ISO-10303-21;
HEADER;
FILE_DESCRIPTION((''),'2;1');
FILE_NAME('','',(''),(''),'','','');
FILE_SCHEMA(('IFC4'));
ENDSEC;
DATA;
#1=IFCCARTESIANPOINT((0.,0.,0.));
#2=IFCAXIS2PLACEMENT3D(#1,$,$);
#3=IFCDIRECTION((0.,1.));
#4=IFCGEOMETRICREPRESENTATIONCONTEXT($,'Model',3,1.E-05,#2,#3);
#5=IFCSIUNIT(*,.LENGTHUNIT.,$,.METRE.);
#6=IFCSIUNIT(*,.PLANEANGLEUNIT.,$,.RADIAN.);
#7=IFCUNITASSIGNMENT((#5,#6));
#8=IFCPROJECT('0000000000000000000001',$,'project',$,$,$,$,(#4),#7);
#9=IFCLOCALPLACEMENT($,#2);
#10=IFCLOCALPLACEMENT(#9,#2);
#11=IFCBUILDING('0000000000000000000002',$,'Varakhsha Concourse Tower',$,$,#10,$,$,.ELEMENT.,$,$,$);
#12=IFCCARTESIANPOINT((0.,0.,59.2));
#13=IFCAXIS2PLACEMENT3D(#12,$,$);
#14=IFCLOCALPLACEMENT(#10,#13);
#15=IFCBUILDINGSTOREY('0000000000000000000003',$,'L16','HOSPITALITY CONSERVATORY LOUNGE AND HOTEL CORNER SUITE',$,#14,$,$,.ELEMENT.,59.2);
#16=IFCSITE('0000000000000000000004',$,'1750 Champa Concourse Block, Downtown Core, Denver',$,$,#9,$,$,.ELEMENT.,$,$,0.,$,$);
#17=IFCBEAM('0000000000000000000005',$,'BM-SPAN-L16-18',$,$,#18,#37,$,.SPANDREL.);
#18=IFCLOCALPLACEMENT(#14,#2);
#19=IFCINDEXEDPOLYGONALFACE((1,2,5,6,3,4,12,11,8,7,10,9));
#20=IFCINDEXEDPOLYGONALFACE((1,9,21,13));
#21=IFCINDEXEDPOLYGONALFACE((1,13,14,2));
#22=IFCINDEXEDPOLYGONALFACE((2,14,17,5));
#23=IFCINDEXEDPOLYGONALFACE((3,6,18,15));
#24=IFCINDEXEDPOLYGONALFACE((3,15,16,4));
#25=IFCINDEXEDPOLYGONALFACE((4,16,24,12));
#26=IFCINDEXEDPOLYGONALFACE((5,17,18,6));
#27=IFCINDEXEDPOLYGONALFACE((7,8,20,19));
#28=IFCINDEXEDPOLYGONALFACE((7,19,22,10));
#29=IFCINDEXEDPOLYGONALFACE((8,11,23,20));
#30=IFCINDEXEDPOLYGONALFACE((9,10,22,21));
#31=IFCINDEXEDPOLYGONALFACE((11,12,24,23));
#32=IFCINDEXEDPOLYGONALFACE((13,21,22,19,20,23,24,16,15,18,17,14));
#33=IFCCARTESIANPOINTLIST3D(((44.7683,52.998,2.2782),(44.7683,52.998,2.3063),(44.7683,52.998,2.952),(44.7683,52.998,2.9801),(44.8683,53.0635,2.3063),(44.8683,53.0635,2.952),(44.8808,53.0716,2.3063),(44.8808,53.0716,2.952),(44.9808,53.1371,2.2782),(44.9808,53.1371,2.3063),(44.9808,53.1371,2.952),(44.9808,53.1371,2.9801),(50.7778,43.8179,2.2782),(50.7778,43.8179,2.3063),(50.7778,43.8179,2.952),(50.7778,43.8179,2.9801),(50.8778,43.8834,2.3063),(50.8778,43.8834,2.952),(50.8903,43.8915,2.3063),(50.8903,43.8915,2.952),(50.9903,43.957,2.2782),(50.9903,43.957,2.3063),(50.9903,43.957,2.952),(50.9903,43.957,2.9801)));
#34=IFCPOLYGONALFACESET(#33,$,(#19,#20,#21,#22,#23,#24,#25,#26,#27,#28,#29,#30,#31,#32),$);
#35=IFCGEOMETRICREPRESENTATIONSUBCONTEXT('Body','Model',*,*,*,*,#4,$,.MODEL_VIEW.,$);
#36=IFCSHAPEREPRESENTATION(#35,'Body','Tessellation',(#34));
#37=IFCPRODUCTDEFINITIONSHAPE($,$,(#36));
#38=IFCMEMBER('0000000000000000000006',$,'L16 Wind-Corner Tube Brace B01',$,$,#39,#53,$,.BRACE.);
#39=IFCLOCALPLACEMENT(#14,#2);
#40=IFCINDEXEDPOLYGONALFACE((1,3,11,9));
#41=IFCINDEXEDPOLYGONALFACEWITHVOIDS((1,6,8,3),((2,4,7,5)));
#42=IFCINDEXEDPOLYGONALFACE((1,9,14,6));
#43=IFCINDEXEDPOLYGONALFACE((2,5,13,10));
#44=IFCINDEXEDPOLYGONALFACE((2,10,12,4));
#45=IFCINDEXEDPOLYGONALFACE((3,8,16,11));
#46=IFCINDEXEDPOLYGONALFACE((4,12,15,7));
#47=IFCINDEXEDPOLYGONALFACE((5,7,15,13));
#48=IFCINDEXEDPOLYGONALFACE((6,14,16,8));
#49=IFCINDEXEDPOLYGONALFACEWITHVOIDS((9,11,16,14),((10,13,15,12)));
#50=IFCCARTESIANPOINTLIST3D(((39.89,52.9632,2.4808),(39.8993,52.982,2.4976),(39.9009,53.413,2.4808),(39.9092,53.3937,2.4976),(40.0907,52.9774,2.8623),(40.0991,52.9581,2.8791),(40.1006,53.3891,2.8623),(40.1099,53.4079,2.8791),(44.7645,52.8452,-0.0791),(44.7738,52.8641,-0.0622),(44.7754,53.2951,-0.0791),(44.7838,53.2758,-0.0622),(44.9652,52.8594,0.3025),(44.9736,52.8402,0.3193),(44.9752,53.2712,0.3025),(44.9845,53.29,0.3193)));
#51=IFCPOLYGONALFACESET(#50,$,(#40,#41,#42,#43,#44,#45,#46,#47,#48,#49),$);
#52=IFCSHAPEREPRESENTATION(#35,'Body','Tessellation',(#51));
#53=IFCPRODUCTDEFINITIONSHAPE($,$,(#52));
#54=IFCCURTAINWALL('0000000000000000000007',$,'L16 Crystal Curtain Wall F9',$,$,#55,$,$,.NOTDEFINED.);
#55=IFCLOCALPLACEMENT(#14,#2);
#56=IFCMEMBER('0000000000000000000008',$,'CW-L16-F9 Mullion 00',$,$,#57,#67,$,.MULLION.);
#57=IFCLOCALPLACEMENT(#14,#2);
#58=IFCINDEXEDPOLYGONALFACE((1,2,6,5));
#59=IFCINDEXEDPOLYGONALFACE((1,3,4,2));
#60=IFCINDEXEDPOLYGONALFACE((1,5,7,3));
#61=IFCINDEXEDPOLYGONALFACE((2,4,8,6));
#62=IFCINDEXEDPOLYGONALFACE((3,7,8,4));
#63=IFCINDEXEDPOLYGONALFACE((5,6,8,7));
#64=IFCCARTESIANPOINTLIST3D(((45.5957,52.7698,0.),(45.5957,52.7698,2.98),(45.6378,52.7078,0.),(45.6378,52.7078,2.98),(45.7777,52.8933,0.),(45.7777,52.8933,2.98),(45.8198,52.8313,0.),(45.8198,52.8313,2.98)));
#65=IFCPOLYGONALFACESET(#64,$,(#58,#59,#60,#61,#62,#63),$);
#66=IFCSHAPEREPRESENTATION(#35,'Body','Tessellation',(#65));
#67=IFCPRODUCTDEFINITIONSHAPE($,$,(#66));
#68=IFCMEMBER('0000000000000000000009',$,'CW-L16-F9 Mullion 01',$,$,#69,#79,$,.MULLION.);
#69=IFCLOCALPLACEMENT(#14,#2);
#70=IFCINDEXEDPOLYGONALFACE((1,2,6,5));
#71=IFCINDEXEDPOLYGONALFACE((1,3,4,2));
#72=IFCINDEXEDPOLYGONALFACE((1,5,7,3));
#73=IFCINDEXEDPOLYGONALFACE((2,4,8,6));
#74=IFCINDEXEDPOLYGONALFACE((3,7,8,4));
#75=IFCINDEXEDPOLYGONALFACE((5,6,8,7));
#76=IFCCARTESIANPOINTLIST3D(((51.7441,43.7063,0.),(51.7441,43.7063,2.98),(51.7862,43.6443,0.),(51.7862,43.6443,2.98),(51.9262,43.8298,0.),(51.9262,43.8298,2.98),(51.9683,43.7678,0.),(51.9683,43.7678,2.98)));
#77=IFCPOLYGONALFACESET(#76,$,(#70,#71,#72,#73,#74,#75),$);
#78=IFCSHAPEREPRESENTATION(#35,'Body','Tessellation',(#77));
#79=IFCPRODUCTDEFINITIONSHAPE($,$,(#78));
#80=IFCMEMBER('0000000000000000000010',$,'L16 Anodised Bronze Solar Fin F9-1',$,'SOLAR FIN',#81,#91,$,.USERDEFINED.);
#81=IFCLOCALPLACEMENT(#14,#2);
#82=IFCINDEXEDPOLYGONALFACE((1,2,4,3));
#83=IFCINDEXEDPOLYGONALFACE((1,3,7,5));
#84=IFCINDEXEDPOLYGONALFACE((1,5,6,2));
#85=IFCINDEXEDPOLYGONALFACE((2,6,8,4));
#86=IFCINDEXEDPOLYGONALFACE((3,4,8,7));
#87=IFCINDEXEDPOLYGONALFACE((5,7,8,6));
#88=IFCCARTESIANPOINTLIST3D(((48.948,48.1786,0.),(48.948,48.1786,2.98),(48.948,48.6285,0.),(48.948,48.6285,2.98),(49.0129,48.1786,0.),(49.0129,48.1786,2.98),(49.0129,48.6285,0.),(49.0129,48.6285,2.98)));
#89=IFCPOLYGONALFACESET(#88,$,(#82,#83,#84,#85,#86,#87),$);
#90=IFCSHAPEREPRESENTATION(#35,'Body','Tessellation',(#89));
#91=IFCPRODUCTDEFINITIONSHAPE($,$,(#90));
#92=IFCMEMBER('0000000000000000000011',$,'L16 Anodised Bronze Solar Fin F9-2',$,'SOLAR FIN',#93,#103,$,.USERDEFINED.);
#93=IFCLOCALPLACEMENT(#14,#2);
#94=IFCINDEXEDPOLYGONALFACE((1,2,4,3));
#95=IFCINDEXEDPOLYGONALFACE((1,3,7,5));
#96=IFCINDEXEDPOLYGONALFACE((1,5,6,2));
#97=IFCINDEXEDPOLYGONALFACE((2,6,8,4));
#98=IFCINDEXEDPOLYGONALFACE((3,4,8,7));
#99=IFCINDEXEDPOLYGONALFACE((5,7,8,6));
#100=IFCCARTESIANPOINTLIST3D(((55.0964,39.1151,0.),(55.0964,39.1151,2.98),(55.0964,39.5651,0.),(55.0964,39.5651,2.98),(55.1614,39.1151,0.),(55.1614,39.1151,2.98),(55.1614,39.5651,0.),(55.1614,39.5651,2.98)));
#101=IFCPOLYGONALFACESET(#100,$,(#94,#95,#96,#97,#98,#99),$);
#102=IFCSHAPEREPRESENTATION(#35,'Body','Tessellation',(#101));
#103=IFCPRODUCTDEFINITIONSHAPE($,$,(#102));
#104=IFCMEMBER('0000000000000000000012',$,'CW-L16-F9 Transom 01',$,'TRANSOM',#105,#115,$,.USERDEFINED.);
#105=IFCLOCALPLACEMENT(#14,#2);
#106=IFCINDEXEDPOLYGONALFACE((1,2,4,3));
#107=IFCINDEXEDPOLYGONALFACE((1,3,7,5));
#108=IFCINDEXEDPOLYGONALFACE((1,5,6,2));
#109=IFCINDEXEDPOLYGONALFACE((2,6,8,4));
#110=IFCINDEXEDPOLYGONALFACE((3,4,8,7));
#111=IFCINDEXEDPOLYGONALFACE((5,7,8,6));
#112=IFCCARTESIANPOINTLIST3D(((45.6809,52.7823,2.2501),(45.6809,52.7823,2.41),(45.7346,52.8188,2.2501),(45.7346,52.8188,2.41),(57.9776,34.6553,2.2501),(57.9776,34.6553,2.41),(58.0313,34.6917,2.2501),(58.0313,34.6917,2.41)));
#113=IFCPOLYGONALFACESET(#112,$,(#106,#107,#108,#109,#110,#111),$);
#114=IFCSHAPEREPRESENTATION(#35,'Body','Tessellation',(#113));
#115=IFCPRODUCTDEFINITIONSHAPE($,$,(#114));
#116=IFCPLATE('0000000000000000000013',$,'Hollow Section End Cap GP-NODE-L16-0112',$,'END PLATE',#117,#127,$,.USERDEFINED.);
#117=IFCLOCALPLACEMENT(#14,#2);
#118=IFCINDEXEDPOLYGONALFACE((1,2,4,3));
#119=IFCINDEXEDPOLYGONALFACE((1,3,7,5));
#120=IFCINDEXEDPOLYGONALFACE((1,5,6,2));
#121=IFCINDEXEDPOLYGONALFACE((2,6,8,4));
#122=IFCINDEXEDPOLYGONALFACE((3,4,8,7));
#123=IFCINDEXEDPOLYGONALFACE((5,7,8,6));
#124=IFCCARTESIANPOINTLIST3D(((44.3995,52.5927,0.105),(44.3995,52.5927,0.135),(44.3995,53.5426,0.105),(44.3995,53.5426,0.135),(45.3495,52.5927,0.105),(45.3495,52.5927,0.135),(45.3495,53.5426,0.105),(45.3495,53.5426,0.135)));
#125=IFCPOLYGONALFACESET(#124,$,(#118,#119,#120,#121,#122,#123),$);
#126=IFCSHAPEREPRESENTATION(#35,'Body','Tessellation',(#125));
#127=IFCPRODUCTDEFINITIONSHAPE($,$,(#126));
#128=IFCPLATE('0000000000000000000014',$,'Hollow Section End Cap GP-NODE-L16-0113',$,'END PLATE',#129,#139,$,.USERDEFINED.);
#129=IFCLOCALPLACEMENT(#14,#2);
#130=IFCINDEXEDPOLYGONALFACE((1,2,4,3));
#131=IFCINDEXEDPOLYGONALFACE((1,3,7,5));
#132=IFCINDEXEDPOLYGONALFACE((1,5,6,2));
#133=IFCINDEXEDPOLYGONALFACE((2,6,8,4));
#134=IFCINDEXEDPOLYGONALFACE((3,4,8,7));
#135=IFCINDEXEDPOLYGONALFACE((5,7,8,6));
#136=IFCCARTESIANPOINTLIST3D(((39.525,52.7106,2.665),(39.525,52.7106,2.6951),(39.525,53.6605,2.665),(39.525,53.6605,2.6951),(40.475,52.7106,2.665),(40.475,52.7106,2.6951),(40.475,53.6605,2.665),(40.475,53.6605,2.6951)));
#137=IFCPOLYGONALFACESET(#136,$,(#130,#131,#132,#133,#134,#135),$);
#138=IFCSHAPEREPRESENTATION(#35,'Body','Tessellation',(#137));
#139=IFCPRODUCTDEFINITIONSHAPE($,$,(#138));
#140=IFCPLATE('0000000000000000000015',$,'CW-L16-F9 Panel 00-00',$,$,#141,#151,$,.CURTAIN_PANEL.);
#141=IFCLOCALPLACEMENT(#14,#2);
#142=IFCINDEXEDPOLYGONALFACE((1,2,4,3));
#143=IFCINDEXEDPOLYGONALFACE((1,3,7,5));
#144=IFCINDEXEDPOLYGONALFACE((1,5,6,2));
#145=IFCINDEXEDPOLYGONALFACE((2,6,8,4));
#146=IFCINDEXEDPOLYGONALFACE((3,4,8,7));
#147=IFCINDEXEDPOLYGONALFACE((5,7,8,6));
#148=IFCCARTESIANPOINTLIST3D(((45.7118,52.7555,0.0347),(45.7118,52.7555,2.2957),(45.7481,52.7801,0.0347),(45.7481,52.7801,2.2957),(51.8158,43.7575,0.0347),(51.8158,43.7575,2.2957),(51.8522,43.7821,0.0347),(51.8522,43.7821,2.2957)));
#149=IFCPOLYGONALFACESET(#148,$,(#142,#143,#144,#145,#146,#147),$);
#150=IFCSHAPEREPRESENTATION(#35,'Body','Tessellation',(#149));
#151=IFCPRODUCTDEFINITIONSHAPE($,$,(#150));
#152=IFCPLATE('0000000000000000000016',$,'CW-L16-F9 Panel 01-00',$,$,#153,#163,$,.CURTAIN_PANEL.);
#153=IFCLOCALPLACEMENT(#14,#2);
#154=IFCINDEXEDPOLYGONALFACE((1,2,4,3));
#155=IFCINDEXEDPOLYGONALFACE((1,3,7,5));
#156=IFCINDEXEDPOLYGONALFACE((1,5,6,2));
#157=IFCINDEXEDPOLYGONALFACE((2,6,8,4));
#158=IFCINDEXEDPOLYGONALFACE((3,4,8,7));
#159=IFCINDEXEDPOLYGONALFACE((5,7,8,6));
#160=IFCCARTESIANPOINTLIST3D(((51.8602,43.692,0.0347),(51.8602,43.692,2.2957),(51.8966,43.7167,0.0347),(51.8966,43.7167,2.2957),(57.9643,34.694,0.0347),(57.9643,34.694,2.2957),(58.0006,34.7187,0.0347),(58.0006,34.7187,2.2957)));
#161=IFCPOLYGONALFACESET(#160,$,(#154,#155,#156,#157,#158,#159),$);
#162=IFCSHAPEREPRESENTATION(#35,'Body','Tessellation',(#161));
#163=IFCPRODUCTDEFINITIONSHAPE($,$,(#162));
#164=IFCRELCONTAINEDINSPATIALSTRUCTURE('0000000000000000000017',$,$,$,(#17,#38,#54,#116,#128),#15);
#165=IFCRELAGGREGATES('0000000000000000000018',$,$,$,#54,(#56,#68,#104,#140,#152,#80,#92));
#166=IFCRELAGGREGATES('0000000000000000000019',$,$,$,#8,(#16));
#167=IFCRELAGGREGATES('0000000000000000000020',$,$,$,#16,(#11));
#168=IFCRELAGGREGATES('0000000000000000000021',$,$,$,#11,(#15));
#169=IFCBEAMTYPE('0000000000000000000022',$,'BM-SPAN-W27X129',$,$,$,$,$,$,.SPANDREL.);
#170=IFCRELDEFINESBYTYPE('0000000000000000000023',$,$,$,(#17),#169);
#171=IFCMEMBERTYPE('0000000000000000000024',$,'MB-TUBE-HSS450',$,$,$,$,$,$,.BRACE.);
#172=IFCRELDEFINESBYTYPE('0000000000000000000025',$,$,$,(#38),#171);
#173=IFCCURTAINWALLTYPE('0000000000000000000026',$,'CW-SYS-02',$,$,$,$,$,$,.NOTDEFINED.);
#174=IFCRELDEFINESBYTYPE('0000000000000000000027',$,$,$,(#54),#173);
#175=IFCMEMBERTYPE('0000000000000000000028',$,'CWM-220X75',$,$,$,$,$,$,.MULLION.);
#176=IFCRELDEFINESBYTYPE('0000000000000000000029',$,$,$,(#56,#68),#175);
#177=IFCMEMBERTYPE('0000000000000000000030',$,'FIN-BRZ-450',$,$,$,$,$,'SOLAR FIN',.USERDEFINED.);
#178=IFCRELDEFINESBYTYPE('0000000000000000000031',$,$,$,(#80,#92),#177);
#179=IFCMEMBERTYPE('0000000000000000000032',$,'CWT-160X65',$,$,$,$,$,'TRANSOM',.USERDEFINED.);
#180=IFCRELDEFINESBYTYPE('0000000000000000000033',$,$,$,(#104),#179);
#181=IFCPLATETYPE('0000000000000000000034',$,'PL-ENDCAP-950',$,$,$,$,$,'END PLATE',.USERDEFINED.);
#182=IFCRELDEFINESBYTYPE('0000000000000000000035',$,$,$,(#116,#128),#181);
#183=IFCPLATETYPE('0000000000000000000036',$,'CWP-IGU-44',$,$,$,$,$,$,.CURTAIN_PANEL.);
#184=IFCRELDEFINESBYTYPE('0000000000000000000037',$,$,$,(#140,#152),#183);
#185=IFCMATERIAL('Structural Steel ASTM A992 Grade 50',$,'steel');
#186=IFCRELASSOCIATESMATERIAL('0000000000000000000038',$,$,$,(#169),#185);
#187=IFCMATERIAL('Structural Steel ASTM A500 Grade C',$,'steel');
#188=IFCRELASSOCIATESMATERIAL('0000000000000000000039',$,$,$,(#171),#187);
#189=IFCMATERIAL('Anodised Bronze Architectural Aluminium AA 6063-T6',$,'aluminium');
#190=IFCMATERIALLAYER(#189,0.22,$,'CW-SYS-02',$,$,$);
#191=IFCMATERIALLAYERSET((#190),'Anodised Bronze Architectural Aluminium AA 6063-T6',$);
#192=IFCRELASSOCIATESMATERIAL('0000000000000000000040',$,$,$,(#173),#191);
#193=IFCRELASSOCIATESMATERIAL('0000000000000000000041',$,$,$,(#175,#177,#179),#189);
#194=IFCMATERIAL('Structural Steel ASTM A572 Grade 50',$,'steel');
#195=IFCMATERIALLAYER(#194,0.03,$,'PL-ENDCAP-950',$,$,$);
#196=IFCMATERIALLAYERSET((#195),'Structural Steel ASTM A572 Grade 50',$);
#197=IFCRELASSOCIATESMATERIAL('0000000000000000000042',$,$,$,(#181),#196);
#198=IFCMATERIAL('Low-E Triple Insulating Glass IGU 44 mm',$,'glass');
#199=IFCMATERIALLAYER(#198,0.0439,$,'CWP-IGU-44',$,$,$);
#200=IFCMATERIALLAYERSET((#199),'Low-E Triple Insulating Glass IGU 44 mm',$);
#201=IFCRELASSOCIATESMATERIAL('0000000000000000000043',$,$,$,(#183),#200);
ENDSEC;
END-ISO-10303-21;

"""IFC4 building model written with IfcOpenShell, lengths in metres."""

from ifc_helpers import new_model, si_unit, direction, frame, origin, origin_2d, place, context, subcontext, project, spatial, rectangle, hollow_rectangle, i_section, extrude, source, transform, mapped, material, layer, layer_set, material_profile, profile_set, type_object, type_shapes, element, aggregate, save


model = new_model("IFC4")

# Units and contexts
model_context = context("Model", 3, precision=1e-05, world=origin(), true_north=direction((0.0, 1.0)))
body_context = subcontext(model_context, "Body", "Model", "MODEL_VIEW")
ifc_project = project(units=[si_unit("LENGTHUNIT", "METRE"), si_unit("PLANEANGLEUNIT", "RADIAN")], contexts=[model_context])

# Site, building, storey
site_placement = place(None, origin())
site = spatial("IfcSite", under=ifc_project, at=site_placement, Name="1750 Champa Concourse Block, Downtown Core, Denver", CompositionType="ELEMENT", RefElevation=0.0)
building_placement = place(site_placement, origin())
building = spatial("IfcBuilding", under=site, at=building_placement, Name="Varakhsha Concourse Tower", CompositionType="ELEMENT")
storey_placement = place(building_placement, frame((0.0, 0.0, 59.2)))
storey = spatial("IfcBuildingStorey", under=building, at=storey_placement, Name="L16", Description="HOSPITALITY CONSERVATORY LOUNGE AND HOTEL CORNER SUITE", CompositionType="ELEMENT", Elevation=59.2)

# Shared definitions
ifc_material_1 = material(Name="Structural Steel ASTM A992 Grade 50", Category="steel")
ifc_material_2 = material(Name="Structural Steel ASTM A572 Grade 50", Category="steel")

# Beam
ifc_material_profile_1 = material_profile(ifc_material_1, i_section(OverallWidth=0.2539, OverallDepth=0.7019, WebThickness=0.0149, FlangeThickness=0.0281, at=origin_2d()), Name="W27X129")
ifc_profile_set_1 = profile_set([ifc_material_profile_1], Name="Structural Steel ASTM A992 Grade 50")
beam_type_1 = type_object("IfcBeamType", Name="BM-SPAN-W27X129", PredefinedType="SPANDREL", material=ifc_profile_set_1)
beam_1_placement = place(storey_placement, frame((50.884, 43.8875, 2.6292), z_axis=(-0.547703, 0.836673, 0.0), x_axis=(-0.836673, -0.547703, 0.0)))
element("IfcBeam", 1, at=beam_1_placement, inside=storey, type_object=beam_type_1, Name="BM-SPAN-L16-18", PredefinedType="SPANDREL", context=body_context, shape_type="SweptSolid", body=[
    extrude(i_section(OverallWidth=0.2539, OverallDepth=0.7019, WebThickness=0.0149, FlangeThickness=0.0281, at=origin_2d()), origin(), (0.0, 0.0, 1.0), 10.9722),
])

# Member
ifc_material_3 = material(Name="Structural Steel ASTM A500 Grade C", Category="steel")
ifc_material_profile_2 = material_profile(ifc_material_3, hollow_rectangle(XDim=0.45, YDim=0.45, WallThickness=0.019, at=origin_2d()), Name="HSS 450x450x19")
ifc_profile_set_2 = profile_set([ifc_material_profile_2], Name="Structural Steel ASTM A500 Grade C")
member_type_1 = type_object("IfcMemberType", Name="MB-TUBE-HSS450", PredefinedType="BRACE", material=ifc_profile_set_2)
shared_shape_1 = source(origin(), body_context, "Body", "SweptSolid", [
    extrude(hollow_rectangle(XDim=0.45, YDim=0.45, WallThickness=0.019, at=origin_2d()), origin(), (0.0, 0.0, 1.0), 5.5071),
])
type_shapes(member_type_1, [shared_shape_1])
member_1_placement = place(storey_placement, frame((44.8745, 53.0676, 0.1201), z_axis=(-0.885143, 0.021413, 0.464826), x_axis=(-0.024184, -0.999708, 0.0)))
element("IfcMember", 2, at=member_1_placement, inside=storey, type_object=member_type_1, Name="L16 Wind-Corner Tube Brace B01", PredefinedType="BRACE", context=body_context, shape_type="MappedRepresentation", body=[
    mapped(shared_shape_1, transform((0.0, 0.0, 0.0), scale=1.0)),
])

# Curtain wall, members
ifc_material_4 = material(Name="Anodised Bronze Architectural Aluminium AA 6063-T6", Category="aluminium")
ifc_layer_1 = layer(ifc_material_4, 0.22, Name="CW-SYS-02")
ifc_layer_set_1 = layer_set([ifc_layer_1], Name="Anodised Bronze Architectural Aluminium AA 6063-T6")
curtain_wall_type = type_object("IfcCurtainWallType", Name="CW-SYS-02", PredefinedType="NOTDEFINED", material=ifc_layer_set_1)
curtain_wall_placement = place(storey_placement, origin())
curtain_wall = element("IfcCurtainWall", 3, at=curtain_wall_placement, inside=storey, type_object=curtain_wall_type, Name="L16 Crystal Curtain Wall F9", PredefinedType="NOTDEFINED")
ifc_material_profile_3 = material_profile(ifc_material_4, rectangle(XDim=0.075, YDim=0.22, at=origin_2d()), Name="CWM-220X75")
ifc_profile_set_3 = profile_set([ifc_material_profile_3], Name="Anodised Bronze Architectural Aluminium AA 6063-T6")
member_type_2 = type_object("IfcMemberType", Name="CWM-220X75", PredefinedType="MULLION", material=ifc_profile_set_3)
shared_shape_2 = source(origin(), body_context, "Body", "SweptSolid", [
    extrude(rectangle(XDim=0.075, YDim=0.22, at=origin_2d()), origin(), (0.0, 0.0, 1.0), 2.98),
])
type_shapes(member_type_2, [shared_shape_2])
member_2_placement = place(storey_placement, frame((45.7078, 52.8005, 0.0), z_axis=(0.0, 0.0, 1.0), x_axis=(0.561392, -0.82755, 0.0)))
member_2 = element("IfcMember", 4, at=member_2_placement, type_object=member_type_2, Name="CW-L16-F9 Mullion 00", PredefinedType="MULLION", context=body_context, shape_type="MappedRepresentation", body=[
    mapped(shared_shape_2, transform((0.0, 0.0, 0.0), scale=1.0)),
])
member_3_placement = place(storey_placement, frame((51.8562, 43.7371, 0.0), z_axis=(0.0, 0.0, 1.0), x_axis=(0.561392, -0.82755, 0.0)))
member_3 = element("IfcMember", 5, at=member_3_placement, type_object=member_type_2, Name="CW-L16-F9 Mullion 01", PredefinedType="MULLION", context=body_context, shape_type="MappedRepresentation", body=[
    mapped(shared_shape_2, transform((0.0, 0.0, 0.0), scale=1.0)),
])
ifc_material_profile_4 = material_profile(ifc_material_4, rectangle(XDim=0.0649, YDim=0.45, at=origin_2d()), Name="FIN-BRZ-450")
ifc_profile_set_4 = profile_set([ifc_material_profile_4], Name="Anodised Bronze Architectural Aluminium AA 6063-T6")
member_type_3 = type_object("IfcMemberType", Name="FIN-BRZ-450", ElementType="SOLAR FIN", PredefinedType="USERDEFINED", material=ifc_profile_set_4)
shared_shape_3 = source(origin(), body_context, "Body", "SweptSolid", [
    extrude(rectangle(XDim=0.0649, YDim=0.45, at=origin_2d()), origin(), (0.0, 0.0, 1.0), 2.98),
])
type_shapes(member_type_3, [shared_shape_3])
member_4_placement = place(storey_placement, frame((48.9805, 48.4036, 0.0), z_axis=(0.0, 0.0, 1.0), x_axis=(1.0, 0.0, 0.0)))
member_4 = element("IfcMember", 6, at=member_4_placement, type_object=member_type_3, Name="L16 Anodised Bronze Solar Fin F9-1", ObjectType="SOLAR FIN", PredefinedType="USERDEFINED", context=body_context, shape_type="MappedRepresentation", body=[
    mapped(shared_shape_3, transform((0.0, 0.0, 0.0), scale=1.0)),
])
member_5_placement = place(storey_placement, frame((55.1289, 39.3401, 0.0), z_axis=(0.0, 0.0, 1.0), x_axis=(1.0, 0.0, 0.0)))
member_5 = element("IfcMember", 7, at=member_5_placement, type_object=member_type_3, Name="L16 Anodised Bronze Solar Fin F9-2", ObjectType="SOLAR FIN", PredefinedType="USERDEFINED", context=body_context, shape_type="MappedRepresentation", body=[
    mapped(shared_shape_3, transform((0.0, 0.0, 0.0), scale=1.0)),
])
ifc_material_profile_5 = material_profile(ifc_material_4, rectangle(XDim=0.0649, YDim=0.1599, at=origin_2d()), Name="CWT-160X65")
ifc_profile_set_5 = profile_set([ifc_material_profile_5], Name="Anodised Bronze Architectural Aluminium AA 6063-T6")
member_type_4 = type_object("IfcMemberType", Name="CWT-160X65", ElementType="TRANSOM", PredefinedType="USERDEFINED", material=ifc_profile_set_5)
shared_shape_4 = source(origin(), body_context, "Body", "SweptSolid", [
    extrude(rectangle(XDim=0.0649, YDim=0.1599, at=origin_2d()), origin(), (0.0, 0.0, 1.0), 21.9043),
])
type_shapes(member_type_4, [shared_shape_4])
member_6_placement = place(storey_placement, frame((45.7078, 52.8005, 2.3301), z_axis=(0.561383, -0.827556, 0.0), x_axis=(0.827556, 0.561383, 0.0)))
member_6 = element("IfcMember", 8, at=member_6_placement, type_object=member_type_4, Name="CW-L16-F9 Transom 01", ObjectType="TRANSOM", PredefinedType="USERDEFINED", context=body_context, shape_type="MappedRepresentation", body=[
    mapped(shared_shape_4, transform((0.0, 0.0, 0.0), scale=1.0)),
])

# Plates
ifc_layer_2 = layer(ifc_material_2, 0.03, Name="PL-ENDCAP-950")
ifc_layer_set_2 = layer_set([ifc_layer_2], Name="Structural Steel ASTM A572 Grade 50")
plate_type_1 = type_object("IfcPlateType", Name="PL-ENDCAP-950", ElementType="END PLATE", PredefinedType="USERDEFINED", material=ifc_layer_set_2)
shared_shape_5 = source(origin(), body_context, "Body", "SweptSolid", [
    extrude(rectangle(XDim=0.95, YDim=0.95, at=origin_2d()), origin(), (0.0, 0.0, 1.0), 0.03),
])
type_shapes(plate_type_1, [shared_shape_5])
for number, where, z_axis, x_axis, name in (
    (9, (44.8745, 53.0676, 0.105), (0.0, 0.0, 1.0), (1.0, 0.0, 0.0), "Hollow Section End Cap GP-NODE-L16-0112"),
    (10, (40.0, 53.1855, 2.665), (0.0, 0.0, 1.0), (1.0, 0.0, 0.0), "Hollow Section End Cap GP-NODE-L16-0113"),
):
    element("IfcPlate", number, at=place(storey_placement, frame(where, z_axis=z_axis, x_axis=x_axis)), inside=storey, type_object=plate_type_1, Name=name, ObjectType="END PLATE", PredefinedType="USERDEFINED", context=body_context, shape_type="MappedRepresentation", body=[
        mapped(shared_shape_5, transform((0.0, 0.0, 0.0), scale=1.0)),
    ])

# Plates
ifc_material_5 = material(Name="Low-E Triple Insulating Glass IGU 44 mm", Category="glass")
ifc_layer_3 = layer(ifc_material_5, 0.0439, Name="CWP-IGU-44")
ifc_layer_set_3 = layer_set([ifc_layer_3], Name="Low-E Triple Insulating Glass IGU 44 mm")
plate_type_2 = type_object("IfcPlateType", Name="CWP-IGU-44", PredefinedType="CURTAIN_PANEL", material=ifc_layer_set_3)
shared_shape_6 = source(origin(), body_context, "Body", "SweptSolid", [
    extrude(rectangle(XDim=10.873, YDim=0.0439, at=origin_2d()), origin(), (0.0, 0.0, 1.0), 2.261),
])
type_shapes(plate_type_2, [shared_shape_6])
plate_1_placement = place(storey_placement, frame((48.782, 48.2688, 0.0347), z_axis=(0.0, 0.0, 1.0), x_axis=(0.561392, -0.82755, 0.0)))
plate_1 = element("IfcPlate", 11, at=plate_1_placement, type_object=plate_type_2, Name="CW-L16-F9 Panel 00-00", PredefinedType="CURTAIN_PANEL", context=body_context, shape_type="MappedRepresentation", body=[
    mapped(shared_shape_6, transform((0.0, 0.0, 0.0), scale=1.0)),
])
plate_2_placement = place(storey_placement, frame((54.9304, 39.2053, 0.0347), z_axis=(0.0, 0.0, 1.0), x_axis=(0.561392, -0.82755, 0.0)))
plate_2 = element("IfcPlate", 12, at=plate_2_placement, type_object=plate_type_2, Name="CW-L16-F9 Panel 01-00", PredefinedType="CURTAIN_PANEL", context=body_context, shape_type="MappedRepresentation", body=[
    mapped(shared_shape_6, transform((0.0, 0.0, 0.0), scale=1.0)),
])
aggregate(curtain_wall, [member_2, member_3, member_6, plate_1, plate_2, member_4, member_5])

save(model, "model.ifc")
